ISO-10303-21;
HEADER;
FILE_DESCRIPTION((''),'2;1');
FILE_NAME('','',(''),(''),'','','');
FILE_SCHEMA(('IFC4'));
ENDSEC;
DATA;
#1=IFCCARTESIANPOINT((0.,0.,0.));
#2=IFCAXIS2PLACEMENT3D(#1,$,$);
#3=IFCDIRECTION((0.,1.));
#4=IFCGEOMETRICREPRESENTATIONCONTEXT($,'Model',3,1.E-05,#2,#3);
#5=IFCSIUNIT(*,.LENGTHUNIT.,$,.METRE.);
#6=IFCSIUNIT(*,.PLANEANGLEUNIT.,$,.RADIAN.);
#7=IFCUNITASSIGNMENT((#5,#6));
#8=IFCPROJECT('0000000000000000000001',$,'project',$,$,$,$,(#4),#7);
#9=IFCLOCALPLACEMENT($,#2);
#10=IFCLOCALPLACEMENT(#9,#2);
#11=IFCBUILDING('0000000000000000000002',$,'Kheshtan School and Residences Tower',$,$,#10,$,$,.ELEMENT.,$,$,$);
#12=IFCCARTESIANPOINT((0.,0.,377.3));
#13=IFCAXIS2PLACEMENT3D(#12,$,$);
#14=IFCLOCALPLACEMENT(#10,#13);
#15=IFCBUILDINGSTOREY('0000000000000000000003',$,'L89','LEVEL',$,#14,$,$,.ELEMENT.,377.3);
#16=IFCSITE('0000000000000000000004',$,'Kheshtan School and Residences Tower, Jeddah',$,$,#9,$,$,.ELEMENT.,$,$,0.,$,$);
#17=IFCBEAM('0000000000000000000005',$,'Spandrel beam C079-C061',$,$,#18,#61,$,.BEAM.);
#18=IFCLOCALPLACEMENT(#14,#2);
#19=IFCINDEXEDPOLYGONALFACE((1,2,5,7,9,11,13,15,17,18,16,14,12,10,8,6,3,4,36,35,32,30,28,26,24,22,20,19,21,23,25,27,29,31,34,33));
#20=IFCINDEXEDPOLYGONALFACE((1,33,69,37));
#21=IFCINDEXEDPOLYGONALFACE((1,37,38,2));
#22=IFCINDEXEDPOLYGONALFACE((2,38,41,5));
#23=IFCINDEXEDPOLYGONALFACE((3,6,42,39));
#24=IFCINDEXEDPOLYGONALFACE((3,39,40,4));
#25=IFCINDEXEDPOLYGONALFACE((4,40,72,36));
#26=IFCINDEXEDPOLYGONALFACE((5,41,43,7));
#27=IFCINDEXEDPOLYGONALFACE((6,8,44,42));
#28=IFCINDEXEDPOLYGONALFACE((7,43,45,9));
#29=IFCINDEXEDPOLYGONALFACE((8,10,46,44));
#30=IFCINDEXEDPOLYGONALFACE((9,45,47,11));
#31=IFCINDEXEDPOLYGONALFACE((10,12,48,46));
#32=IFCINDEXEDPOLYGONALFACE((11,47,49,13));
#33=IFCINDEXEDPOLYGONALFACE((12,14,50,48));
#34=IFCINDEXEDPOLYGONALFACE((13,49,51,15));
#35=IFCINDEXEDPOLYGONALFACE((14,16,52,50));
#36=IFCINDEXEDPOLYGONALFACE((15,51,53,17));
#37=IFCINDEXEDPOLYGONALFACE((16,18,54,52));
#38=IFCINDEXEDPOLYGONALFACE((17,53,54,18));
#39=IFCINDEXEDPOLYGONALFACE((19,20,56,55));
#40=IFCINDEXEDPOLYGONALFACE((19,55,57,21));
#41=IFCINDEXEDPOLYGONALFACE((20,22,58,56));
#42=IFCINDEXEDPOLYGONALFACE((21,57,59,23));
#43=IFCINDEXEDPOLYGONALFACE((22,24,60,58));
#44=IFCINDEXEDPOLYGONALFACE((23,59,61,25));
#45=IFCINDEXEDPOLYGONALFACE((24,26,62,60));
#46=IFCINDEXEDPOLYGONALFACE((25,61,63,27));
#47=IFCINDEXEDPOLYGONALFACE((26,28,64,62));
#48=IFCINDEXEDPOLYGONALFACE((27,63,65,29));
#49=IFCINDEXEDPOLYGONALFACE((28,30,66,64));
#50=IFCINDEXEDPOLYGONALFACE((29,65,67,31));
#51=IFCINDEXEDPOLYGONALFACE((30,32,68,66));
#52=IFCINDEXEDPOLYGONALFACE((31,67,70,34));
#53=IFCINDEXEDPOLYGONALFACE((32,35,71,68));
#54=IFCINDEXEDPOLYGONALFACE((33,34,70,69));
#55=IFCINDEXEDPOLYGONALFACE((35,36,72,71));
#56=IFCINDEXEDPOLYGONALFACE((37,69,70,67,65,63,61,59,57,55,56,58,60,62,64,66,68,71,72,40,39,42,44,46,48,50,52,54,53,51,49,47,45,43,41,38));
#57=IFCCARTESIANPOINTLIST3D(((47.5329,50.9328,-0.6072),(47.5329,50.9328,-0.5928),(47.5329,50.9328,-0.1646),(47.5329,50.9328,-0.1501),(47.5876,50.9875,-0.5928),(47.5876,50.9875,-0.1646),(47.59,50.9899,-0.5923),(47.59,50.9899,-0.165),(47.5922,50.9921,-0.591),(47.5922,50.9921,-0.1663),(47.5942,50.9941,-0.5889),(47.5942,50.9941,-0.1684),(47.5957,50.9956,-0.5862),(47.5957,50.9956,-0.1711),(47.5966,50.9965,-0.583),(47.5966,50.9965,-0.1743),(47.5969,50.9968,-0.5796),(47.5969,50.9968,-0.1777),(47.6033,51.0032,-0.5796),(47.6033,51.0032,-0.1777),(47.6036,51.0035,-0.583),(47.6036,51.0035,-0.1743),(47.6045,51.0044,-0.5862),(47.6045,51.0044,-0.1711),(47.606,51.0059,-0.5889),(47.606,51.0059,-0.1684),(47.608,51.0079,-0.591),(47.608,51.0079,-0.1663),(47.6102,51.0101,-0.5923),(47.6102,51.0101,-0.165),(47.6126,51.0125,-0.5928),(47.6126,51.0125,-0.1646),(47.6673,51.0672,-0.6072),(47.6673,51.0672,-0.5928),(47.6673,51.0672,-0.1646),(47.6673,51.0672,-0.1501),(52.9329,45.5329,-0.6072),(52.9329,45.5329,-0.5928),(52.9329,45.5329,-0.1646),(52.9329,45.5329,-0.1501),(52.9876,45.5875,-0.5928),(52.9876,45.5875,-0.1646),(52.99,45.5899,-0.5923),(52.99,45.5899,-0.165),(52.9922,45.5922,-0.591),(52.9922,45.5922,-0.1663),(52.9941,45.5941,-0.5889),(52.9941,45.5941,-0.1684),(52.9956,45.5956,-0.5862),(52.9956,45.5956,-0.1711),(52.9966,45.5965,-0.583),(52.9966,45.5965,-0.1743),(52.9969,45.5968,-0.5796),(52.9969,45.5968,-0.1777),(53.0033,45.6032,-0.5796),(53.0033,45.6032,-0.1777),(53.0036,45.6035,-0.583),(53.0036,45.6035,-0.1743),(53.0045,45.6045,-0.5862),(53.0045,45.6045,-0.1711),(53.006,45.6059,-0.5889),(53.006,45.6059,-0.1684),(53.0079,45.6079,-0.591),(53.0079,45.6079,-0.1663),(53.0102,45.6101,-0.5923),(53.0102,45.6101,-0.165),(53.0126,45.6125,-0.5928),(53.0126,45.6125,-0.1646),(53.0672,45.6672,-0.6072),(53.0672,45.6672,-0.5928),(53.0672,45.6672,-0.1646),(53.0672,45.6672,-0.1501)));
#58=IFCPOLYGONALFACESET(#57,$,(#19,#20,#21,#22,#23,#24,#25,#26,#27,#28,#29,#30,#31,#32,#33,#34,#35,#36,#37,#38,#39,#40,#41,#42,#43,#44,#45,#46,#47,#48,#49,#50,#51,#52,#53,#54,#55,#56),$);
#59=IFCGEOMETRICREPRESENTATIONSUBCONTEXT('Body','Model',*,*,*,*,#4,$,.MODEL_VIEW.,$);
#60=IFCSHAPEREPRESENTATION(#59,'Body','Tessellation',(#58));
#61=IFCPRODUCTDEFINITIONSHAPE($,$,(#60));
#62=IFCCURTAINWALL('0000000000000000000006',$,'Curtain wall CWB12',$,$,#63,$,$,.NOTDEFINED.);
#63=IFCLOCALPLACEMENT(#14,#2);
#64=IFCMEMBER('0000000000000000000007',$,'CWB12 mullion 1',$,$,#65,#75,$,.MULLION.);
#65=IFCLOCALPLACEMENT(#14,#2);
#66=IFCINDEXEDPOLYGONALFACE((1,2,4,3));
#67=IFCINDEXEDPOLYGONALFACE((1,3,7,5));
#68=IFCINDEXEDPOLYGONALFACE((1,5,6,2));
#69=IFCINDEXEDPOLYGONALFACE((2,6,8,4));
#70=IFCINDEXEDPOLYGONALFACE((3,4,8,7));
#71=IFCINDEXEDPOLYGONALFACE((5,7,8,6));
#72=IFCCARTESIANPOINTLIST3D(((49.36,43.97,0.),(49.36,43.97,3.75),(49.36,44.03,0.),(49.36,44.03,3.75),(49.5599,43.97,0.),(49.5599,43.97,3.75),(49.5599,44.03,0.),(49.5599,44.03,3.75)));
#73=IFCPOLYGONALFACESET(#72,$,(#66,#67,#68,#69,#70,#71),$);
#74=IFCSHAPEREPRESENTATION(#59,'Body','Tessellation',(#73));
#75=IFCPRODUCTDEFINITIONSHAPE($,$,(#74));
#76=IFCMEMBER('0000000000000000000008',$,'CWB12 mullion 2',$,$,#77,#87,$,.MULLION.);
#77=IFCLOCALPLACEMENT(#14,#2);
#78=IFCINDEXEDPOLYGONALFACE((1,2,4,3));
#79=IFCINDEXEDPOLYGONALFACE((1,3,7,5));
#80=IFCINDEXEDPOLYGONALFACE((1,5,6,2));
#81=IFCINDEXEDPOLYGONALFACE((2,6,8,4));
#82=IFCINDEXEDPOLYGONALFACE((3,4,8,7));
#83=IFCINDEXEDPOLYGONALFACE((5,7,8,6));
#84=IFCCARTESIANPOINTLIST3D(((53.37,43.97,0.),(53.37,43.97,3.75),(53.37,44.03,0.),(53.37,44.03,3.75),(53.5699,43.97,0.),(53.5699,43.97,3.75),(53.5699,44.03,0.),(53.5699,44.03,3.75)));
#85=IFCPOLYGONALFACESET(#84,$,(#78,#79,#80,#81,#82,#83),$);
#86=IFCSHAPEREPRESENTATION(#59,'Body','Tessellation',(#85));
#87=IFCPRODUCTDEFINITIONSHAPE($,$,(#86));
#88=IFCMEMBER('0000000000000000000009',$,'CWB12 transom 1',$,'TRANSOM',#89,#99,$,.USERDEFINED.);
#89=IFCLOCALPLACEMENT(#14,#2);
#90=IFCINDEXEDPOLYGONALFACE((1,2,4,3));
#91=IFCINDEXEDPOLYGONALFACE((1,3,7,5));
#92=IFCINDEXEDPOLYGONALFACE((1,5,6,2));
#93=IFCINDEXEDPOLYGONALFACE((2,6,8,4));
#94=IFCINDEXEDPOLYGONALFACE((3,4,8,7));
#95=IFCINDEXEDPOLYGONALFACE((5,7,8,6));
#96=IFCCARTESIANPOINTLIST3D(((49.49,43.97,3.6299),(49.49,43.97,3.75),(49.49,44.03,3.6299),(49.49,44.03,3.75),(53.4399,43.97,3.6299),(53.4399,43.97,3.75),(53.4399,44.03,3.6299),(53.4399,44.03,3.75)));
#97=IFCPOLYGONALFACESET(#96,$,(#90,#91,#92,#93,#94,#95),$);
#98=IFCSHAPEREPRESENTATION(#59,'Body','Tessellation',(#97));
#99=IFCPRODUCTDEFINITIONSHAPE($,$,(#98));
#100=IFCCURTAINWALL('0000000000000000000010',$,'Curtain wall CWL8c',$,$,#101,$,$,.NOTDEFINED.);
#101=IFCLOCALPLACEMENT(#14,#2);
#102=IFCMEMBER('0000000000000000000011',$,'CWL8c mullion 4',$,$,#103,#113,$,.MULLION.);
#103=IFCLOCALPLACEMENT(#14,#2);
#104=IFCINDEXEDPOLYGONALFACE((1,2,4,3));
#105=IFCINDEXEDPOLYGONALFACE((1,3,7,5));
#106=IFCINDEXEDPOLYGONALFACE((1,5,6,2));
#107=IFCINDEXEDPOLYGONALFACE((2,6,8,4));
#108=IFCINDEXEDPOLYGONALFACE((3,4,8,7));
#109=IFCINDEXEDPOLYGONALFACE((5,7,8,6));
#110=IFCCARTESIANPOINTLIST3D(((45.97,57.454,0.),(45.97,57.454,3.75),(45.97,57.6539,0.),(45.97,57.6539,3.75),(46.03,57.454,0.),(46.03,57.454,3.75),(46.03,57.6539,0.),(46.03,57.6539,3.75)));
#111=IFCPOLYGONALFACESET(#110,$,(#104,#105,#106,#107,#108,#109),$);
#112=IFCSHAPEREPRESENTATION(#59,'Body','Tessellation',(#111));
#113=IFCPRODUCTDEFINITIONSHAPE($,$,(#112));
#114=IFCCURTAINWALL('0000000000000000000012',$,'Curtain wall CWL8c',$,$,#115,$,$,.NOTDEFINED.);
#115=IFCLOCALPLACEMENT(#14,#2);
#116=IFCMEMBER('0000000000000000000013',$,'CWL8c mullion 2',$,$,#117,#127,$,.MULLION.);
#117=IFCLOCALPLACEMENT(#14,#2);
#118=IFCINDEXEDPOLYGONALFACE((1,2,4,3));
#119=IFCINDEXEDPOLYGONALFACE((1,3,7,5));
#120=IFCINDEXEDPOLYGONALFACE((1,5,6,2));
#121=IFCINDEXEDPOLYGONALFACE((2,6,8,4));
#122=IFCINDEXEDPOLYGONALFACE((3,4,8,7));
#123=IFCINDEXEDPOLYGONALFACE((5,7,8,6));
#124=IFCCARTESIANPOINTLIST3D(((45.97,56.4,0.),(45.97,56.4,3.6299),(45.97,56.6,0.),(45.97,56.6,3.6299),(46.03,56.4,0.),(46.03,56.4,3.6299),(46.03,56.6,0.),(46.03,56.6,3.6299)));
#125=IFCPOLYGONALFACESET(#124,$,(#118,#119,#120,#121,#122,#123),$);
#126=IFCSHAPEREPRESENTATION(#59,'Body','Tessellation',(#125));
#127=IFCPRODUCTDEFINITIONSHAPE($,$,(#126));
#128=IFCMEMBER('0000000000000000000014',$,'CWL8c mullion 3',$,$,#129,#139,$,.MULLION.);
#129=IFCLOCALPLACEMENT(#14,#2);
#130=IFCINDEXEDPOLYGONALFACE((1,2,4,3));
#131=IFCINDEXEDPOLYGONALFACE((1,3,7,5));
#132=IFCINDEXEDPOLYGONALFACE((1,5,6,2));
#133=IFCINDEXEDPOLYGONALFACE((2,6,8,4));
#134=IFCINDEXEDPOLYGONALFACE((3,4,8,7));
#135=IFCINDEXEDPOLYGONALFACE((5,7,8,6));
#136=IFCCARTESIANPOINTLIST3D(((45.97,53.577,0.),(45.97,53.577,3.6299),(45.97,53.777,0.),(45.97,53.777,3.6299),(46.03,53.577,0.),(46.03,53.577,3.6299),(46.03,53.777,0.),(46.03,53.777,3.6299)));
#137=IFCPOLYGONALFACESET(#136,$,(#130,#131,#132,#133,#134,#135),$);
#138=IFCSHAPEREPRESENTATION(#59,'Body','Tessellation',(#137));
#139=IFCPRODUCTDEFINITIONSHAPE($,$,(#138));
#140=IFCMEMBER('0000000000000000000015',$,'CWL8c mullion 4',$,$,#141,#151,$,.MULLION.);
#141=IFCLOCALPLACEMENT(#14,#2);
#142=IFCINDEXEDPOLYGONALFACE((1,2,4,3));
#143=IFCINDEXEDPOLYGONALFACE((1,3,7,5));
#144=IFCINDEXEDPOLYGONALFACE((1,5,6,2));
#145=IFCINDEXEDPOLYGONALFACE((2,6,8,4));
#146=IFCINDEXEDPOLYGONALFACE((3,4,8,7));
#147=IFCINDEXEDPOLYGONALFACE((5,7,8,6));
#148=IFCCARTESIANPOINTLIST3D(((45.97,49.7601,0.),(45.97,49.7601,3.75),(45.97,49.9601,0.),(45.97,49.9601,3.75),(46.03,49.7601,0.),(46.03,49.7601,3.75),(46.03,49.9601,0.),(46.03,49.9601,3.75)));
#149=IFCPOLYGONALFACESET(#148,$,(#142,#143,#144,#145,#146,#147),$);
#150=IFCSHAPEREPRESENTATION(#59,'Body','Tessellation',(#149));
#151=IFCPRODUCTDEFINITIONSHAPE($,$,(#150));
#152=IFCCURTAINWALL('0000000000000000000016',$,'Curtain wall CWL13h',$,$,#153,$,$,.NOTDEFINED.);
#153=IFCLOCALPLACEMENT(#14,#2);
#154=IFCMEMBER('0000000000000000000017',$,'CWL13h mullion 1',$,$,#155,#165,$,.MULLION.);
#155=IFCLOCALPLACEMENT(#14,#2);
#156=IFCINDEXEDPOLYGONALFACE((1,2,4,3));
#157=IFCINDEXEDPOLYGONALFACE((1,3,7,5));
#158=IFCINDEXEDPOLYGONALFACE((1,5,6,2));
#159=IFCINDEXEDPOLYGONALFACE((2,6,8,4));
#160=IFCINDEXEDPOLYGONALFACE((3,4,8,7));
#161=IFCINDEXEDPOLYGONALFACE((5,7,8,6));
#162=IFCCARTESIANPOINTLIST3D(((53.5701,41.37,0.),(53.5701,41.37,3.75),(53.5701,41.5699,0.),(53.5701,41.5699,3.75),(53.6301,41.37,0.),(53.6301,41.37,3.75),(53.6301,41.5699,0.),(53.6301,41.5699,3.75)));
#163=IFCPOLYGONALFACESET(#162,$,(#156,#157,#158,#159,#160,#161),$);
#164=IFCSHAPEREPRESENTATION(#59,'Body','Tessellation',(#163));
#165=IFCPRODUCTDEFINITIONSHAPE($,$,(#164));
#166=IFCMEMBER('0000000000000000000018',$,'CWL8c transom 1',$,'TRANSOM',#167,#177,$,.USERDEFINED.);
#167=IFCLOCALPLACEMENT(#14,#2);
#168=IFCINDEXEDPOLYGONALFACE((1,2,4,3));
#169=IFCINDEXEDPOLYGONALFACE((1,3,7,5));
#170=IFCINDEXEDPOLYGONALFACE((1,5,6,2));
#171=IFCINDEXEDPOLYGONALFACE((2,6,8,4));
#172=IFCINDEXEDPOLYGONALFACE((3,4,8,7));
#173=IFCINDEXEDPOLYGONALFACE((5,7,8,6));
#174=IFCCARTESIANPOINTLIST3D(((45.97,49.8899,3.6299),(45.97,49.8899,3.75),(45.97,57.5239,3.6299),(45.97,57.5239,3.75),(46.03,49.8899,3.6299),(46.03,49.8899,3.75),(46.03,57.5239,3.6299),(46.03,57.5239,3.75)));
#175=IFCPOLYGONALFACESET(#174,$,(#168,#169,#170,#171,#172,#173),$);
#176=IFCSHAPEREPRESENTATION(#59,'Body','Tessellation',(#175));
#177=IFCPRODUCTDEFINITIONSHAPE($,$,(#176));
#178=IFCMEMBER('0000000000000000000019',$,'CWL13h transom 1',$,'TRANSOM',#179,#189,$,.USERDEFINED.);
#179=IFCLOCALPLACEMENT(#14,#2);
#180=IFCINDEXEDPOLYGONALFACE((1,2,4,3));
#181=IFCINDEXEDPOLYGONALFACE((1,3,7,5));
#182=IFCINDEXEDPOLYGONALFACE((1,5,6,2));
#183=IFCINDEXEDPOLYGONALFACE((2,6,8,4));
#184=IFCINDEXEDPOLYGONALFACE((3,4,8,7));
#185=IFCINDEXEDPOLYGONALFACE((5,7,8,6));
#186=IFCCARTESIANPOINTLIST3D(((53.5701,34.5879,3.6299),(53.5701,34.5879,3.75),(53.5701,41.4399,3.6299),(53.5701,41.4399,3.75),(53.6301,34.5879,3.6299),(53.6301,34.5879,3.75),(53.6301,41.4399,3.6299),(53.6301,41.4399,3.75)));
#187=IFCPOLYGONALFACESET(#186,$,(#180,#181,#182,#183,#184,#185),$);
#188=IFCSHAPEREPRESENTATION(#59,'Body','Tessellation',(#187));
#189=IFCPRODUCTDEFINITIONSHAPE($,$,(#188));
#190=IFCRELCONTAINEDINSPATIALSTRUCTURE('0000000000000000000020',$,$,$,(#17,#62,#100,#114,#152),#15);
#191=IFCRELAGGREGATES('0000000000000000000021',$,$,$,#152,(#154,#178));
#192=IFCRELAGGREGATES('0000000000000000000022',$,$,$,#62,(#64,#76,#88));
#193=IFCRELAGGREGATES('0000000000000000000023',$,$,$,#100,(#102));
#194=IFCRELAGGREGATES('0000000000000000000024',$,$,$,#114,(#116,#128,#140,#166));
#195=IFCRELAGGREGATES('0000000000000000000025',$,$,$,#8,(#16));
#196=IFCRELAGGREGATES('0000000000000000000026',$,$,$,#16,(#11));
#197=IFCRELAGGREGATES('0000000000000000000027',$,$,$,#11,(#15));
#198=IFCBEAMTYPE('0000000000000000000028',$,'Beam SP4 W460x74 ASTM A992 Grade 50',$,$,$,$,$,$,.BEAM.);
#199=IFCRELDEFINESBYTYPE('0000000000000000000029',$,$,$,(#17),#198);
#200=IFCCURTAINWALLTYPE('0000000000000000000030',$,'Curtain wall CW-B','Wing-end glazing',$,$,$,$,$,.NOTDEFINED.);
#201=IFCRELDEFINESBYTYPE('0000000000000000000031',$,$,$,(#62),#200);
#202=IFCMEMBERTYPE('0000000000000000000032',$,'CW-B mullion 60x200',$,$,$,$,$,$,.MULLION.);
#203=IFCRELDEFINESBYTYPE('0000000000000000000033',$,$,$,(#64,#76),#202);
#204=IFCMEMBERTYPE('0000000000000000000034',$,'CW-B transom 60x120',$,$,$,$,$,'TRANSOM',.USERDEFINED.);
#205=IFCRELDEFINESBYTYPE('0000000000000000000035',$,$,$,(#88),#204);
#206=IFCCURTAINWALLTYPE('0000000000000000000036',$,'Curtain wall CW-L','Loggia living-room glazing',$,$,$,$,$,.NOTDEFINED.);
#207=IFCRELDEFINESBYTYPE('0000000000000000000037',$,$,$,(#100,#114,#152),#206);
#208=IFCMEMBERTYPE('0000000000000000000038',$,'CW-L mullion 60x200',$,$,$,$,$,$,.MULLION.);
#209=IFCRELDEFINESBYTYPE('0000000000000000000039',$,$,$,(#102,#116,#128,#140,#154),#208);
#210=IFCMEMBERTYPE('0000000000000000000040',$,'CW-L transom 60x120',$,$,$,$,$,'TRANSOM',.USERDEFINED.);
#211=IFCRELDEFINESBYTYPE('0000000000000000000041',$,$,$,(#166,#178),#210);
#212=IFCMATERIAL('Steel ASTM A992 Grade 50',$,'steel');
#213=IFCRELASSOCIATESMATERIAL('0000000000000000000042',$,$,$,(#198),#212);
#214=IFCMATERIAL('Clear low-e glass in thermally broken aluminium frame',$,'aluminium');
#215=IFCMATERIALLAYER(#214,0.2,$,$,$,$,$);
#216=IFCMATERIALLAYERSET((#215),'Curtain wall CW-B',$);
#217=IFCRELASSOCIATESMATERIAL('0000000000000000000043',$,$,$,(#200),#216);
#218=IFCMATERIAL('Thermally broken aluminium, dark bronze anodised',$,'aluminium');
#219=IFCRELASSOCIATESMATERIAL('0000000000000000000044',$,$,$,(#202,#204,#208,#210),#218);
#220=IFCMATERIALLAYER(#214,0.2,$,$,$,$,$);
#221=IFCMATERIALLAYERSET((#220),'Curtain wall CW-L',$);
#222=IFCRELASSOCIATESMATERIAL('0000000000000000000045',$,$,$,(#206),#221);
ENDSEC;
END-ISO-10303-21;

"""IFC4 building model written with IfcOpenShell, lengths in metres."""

from ifc_helpers import new_model, si_unit, direction, frame, origin, origin_2d, place, context, subcontext, project, spatial, rectangle, i_section, extrude, material, layer, layer_set, material_profile, profile_set, type_object, element, aggregate, save


model = new_model("IFC4")

# Units and contexts
model_context = context("Model", 3, precision=1e-05, world=origin(), true_north=direction((0.0, 1.0)))
body_context = subcontext(model_context, "Body", "Model", "MODEL_VIEW")
ifc_project = project(units=[si_unit("LENGTHUNIT", "METRE"), si_unit("PLANEANGLEUNIT", "RADIAN")], contexts=[model_context])

# Site, building, storey
site_placement = place(None, origin())
site = spatial("IfcSite", under=ifc_project, at=site_placement, Name="Kheshtan School and Residences Tower, Jeddah", CompositionType="ELEMENT", RefElevation=0.0)
building_placement = place(site_placement, origin())
building = spatial("IfcBuilding", under=site, at=building_placement, Name="Kheshtan School and Residences Tower", CompositionType="ELEMENT")
storey_placement = place(building_placement, frame((0.0, 0.0, 377.3)))
storey = spatial("IfcBuildingStorey", under=building, at=storey_placement, Name="L89", Description="LEVEL", CompositionType="ELEMENT", Elevation=377.3)

# Shared definitions
ifc_material_1 = material(Name="Steel ASTM A992 Grade 50", Category="steel")

# Beam
ifc_material_profile_1 = material_profile(ifc_material_1, i_section(OverallWidth=0.1899, OverallDepth=0.457, WebThickness=0.009, FlangeThickness=0.0144, FilletRadius=0.0132, at=origin_2d()), Name="W460x74")
ifc_profile_set_1 = profile_set([ifc_material_profile_1], Name="Steel ASTM A992 Grade 50")
beam_type_1 = type_object("IfcBeamType", Name="Beam SP4 W460x74 ASTM A992 Grade 50", PredefinedType="BEAM", material=ifc_profile_set_1)
beam_1_placement = place(storey_placement, frame((47.6001, 51.0, -0.3787), z_axis=(0.707107, -0.707107, 0.0), x_axis=(0.707107, 0.707107, 0.0)))
element("IfcBeam", 1, at=beam_1_placement, inside=storey, type_object=beam_type_1, Name="Spandrel beam C079-C061", PredefinedType="BEAM", context=body_context, shape_type="SweptSolid", body=[
    extrude(i_section(OverallWidth=0.1899, OverallDepth=0.457, WebThickness=0.009, FlangeThickness=0.0144, FilletRadius=0.0132, at=origin_2d()), origin(), (0.0, 0.0, 1.0), 7.6367),
])

# Curtain wall, members
ifc_material_2 = material(Name="Clear low-e glass in thermally broken aluminium frame", Category="aluminium")
ifc_layer_1 = layer(ifc_material_2, 0.2)
ifc_layer_set_1 = layer_set([ifc_layer_1], Name="Curtain wall CW-B")
curtain_wall_type_1 = type_object("IfcCurtainWallType", Name="Curtain wall CW-B", Description="Wing-end glazing", PredefinedType="NOTDEFINED", material=ifc_layer_set_1)
curtain_wall_1_placement = place(storey_placement, origin())
curtain_wall_1 = element("IfcCurtainWall", 2, at=curtain_wall_1_placement, inside=storey, type_object=curtain_wall_type_1, Name="Curtain wall CWB12", PredefinedType="NOTDEFINED")
ifc_material_3 = material(Name="Thermally broken aluminium, dark bronze anodised", Category="aluminium")
ifc_material_profile_2 = material_profile(ifc_material_3, rectangle(XDim=0.0601, YDim=0.2, at=origin_2d()), Name="CW-B mullion 60x200")
ifc_profile_set_2 = profile_set([ifc_material_profile_2], Name="Thermally broken aluminium, dark bronze anodised")
member_type_1 = type_object("IfcMemberType", Name="CW-B mullion 60x200", PredefinedType="MULLION", material=ifc_profile_set_2)
member_1_placement = place(storey_placement, frame((49.46, 44.0, 0.0), z_axis=(0.0, 0.0, 1.0), x_axis=(0.0, 1.0, 0.0)))
member_1 = element("IfcMember", 3, at=member_1_placement, type_object=member_type_1, Name="CWB12 mullion 1", PredefinedType="MULLION", context=body_context, shape_type="SweptSolid", body=[
    extrude(rectangle(XDim=0.0601, YDim=0.2, at=origin_2d()), origin(), (0.0, 0.0, 1.0), 3.75),
])
member_2_placement = place(storey_placement, frame((53.47, 44.0, 0.0), z_axis=(0.0, 0.0, 1.0), x_axis=(0.0, 1.0, 0.0)))
member_2 = element("IfcMember", 4, at=member_2_placement, type_object=member_type_1, Name="CWB12 mullion 2", PredefinedType="MULLION", context=body_context, shape_type="SweptSolid", body=[
    extrude(rectangle(XDim=0.0601, YDim=0.2, at=origin_2d()), origin(), (0.0, 0.0, 1.0), 3.75),
])
ifc_material_profile_3 = material_profile(ifc_material_3, rectangle(XDim=0.0601, YDim=0.1201, at=origin_2d()), Name="CW-B transom 60x120")
ifc_profile_set_3 = profile_set([ifc_material_profile_3], Name="Thermally broken aluminium, dark bronze anodised")
member_type_2 = type_object("IfcMemberType", Name="CW-B transom 60x120", ElementType="TRANSOM", PredefinedType="USERDEFINED", material=ifc_profile_set_3)
member_3_placement = place(storey_placement, frame((49.49, 44.0, 3.6899), z_axis=(1.0, 0.0, 0.0), x_axis=(0.0, 1.0, 0.0)))
member_3 = element("IfcMember", 5, at=member_3_placement, type_object=member_type_2, Name="CWB12 transom 1", ObjectType="TRANSOM", PredefinedType="USERDEFINED", context=body_context, shape_type="SweptSolid", body=[
    extrude(rectangle(XDim=0.0601, YDim=0.1201, at=origin_2d()), origin(), (0.0, 0.0, 1.0), 3.95),
])

# Curtain wall, member
ifc_layer_2 = layer(ifc_material_2, 0.2)
ifc_layer_set_2 = layer_set([ifc_layer_2], Name="Curtain wall CW-L")
curtain_wall_type_2 = type_object("IfcCurtainWallType", Name="Curtain wall CW-L", Description="Loggia living-room glazing", PredefinedType="NOTDEFINED", material=ifc_layer_set_2)
curtain_wall_2_placement = place(storey_placement, origin())
curtain_wall_2 = element("IfcCurtainWall", 6, at=curtain_wall_2_placement, inside=storey, type_object=curtain_wall_type_2, Name="Curtain wall CWL8c", PredefinedType="NOTDEFINED")
ifc_material_profile_4 = material_profile(ifc_material_3, rectangle(XDim=0.0601, YDim=0.2, at=origin_2d()), Name="CW-L mullion 60x200")
ifc_profile_set_4 = profile_set([ifc_material_profile_4], Name="Thermally broken aluminium, dark bronze anodised")
member_type_3 = type_object("IfcMemberType", Name="CW-L mullion 60x200", PredefinedType="MULLION", material=ifc_profile_set_4)
member_4_placement = place(storey_placement, frame((46.0, 57.554, 0.0), z_axis=(0.0, 0.0, 1.0), x_axis=(1.0, 0.0, 0.0)))
member_4 = element("IfcMember", 7, at=member_4_placement, type_object=member_type_3, Name="CWL8c mullion 4", PredefinedType="MULLION", context=body_context, shape_type="SweptSolid", body=[
    extrude(rectangle(XDim=0.0601, YDim=0.2, at=origin_2d()), origin(), (0.0, 0.0, 1.0), 3.75),
])

# Curtain wall, members
curtain_wall_3_placement = place(storey_placement, origin())
curtain_wall_3 = element("IfcCurtainWall", 8, at=curtain_wall_3_placement, inside=storey, type_object=curtain_wall_type_2, Name="Curtain wall CWL8c", PredefinedType="NOTDEFINED")
member_5_placement = place(storey_placement, frame((46.0, 56.5, 0.0), z_axis=(0.0, 0.0, 1.0), x_axis=(1.0, 0.0, 0.0)))
member_5 = element("IfcMember", 9, at=member_5_placement, type_object=member_type_3, Name="CWL8c mullion 2", PredefinedType="MULLION", context=body_context, shape_type="SweptSolid", body=[
    extrude(rectangle(XDim=0.0601, YDim=0.2, at=origin_2d()), origin(), (0.0, 0.0, 1.0), 3.6299),
])
member_6_placement = place(storey_placement, frame((46.0, 53.677, 0.0), z_axis=(0.0, 0.0, 1.0), x_axis=(1.0, 0.0, 0.0)))
member_6 = element("IfcMember", 10, at=member_6_placement, type_object=member_type_3, Name="CWL8c mullion 3", PredefinedType="MULLION", context=body_context, shape_type="SweptSolid", body=[
    extrude(rectangle(XDim=0.0601, YDim=0.2, at=origin_2d()), origin(), (0.0, 0.0, 1.0), 3.6299),
])
member_7_placement = place(storey_placement, frame((46.0, 49.8601, 0.0), z_axis=(0.0, 0.0, 1.0), x_axis=(1.0, 0.0, 0.0)))
member_7 = element("IfcMember", 11, at=member_7_placement, type_object=member_type_3, Name="CWL8c mullion 4", PredefinedType="MULLION", context=body_context, shape_type="SweptSolid", body=[
    extrude(rectangle(XDim=0.0601, YDim=0.2, at=origin_2d()), origin(), (0.0, 0.0, 1.0), 3.75),
])

# Curtain wall, member
curtain_wall_4_placement = place(storey_placement, origin())
curtain_wall_4 = element("IfcCurtainWall", 12, at=curtain_wall_4_placement, inside=storey, type_object=curtain_wall_type_2, Name="Curtain wall CWL13h", PredefinedType="NOTDEFINED")
member_8_placement = place(storey_placement, frame((53.6001, 41.47, 0.0), z_axis=(0.0, 0.0, 1.0), x_axis=(1.0, 0.0, 0.0)))
member_8 = element("IfcMember", 13, at=member_8_placement, type_object=member_type_3, Name="CWL13h mullion 1", PredefinedType="MULLION", context=body_context, shape_type="SweptSolid", body=[
    extrude(rectangle(XDim=0.0601, YDim=0.2, at=origin_2d()), origin(), (0.0, 0.0, 1.0), 3.75),
])

# Members
ifc_material_profile_5 = material_profile(ifc_material_3, rectangle(XDim=0.0601, YDim=0.1201, at=origin_2d()), Name="CW-L transom 60x120")
ifc_profile_set_5 = profile_set([ifc_material_profile_5], Name="Thermally broken aluminium, dark bronze anodised")
member_type_4 = type_object("IfcMemberType", Name="CW-L transom 60x120", ElementType="TRANSOM", PredefinedType="USERDEFINED", material=ifc_profile_set_5)
member_9_placement = place(storey_placement, frame((46.0, 57.5239, 3.6899), z_axis=(0.0, -1.0, 0.0), x_axis=(1.0, 0.0, 0.0)))
member_9 = element("IfcMember", 14, at=member_9_placement, type_object=member_type_4, Name="CWL8c transom 1", ObjectType="TRANSOM", PredefinedType="USERDEFINED", context=body_context, shape_type="SweptSolid", body=[
    extrude(rectangle(XDim=0.0601, YDim=0.1201, at=origin_2d()), origin(), (0.0, 0.0, 1.0), 7.634),
])
member_10_placement = place(storey_placement, frame((53.6001, 41.4399, 3.6899), z_axis=(0.0, -1.0, 0.0), x_axis=(1.0, 0.0, 0.0)))
member_10 = element("IfcMember", 15, at=member_10_placement, type_object=member_type_4, Name="CWL13h transom 1", ObjectType="TRANSOM", PredefinedType="USERDEFINED", context=body_context, shape_type="SweptSolid", body=[
    extrude(rectangle(XDim=0.0601, YDim=0.1201, at=origin_2d()), origin(), (0.0, 0.0, 1.0), 6.8521),
])
aggregate(curtain_wall_4, [member_8, member_10])

aggregate(curtain_wall_1, [member_1, member_2, member_3])
aggregate(curtain_wall_2, [member_4])
aggregate(curtain_wall_3, [member_5, member_6, member_7, member_9])

save(model, "model.ifc")
